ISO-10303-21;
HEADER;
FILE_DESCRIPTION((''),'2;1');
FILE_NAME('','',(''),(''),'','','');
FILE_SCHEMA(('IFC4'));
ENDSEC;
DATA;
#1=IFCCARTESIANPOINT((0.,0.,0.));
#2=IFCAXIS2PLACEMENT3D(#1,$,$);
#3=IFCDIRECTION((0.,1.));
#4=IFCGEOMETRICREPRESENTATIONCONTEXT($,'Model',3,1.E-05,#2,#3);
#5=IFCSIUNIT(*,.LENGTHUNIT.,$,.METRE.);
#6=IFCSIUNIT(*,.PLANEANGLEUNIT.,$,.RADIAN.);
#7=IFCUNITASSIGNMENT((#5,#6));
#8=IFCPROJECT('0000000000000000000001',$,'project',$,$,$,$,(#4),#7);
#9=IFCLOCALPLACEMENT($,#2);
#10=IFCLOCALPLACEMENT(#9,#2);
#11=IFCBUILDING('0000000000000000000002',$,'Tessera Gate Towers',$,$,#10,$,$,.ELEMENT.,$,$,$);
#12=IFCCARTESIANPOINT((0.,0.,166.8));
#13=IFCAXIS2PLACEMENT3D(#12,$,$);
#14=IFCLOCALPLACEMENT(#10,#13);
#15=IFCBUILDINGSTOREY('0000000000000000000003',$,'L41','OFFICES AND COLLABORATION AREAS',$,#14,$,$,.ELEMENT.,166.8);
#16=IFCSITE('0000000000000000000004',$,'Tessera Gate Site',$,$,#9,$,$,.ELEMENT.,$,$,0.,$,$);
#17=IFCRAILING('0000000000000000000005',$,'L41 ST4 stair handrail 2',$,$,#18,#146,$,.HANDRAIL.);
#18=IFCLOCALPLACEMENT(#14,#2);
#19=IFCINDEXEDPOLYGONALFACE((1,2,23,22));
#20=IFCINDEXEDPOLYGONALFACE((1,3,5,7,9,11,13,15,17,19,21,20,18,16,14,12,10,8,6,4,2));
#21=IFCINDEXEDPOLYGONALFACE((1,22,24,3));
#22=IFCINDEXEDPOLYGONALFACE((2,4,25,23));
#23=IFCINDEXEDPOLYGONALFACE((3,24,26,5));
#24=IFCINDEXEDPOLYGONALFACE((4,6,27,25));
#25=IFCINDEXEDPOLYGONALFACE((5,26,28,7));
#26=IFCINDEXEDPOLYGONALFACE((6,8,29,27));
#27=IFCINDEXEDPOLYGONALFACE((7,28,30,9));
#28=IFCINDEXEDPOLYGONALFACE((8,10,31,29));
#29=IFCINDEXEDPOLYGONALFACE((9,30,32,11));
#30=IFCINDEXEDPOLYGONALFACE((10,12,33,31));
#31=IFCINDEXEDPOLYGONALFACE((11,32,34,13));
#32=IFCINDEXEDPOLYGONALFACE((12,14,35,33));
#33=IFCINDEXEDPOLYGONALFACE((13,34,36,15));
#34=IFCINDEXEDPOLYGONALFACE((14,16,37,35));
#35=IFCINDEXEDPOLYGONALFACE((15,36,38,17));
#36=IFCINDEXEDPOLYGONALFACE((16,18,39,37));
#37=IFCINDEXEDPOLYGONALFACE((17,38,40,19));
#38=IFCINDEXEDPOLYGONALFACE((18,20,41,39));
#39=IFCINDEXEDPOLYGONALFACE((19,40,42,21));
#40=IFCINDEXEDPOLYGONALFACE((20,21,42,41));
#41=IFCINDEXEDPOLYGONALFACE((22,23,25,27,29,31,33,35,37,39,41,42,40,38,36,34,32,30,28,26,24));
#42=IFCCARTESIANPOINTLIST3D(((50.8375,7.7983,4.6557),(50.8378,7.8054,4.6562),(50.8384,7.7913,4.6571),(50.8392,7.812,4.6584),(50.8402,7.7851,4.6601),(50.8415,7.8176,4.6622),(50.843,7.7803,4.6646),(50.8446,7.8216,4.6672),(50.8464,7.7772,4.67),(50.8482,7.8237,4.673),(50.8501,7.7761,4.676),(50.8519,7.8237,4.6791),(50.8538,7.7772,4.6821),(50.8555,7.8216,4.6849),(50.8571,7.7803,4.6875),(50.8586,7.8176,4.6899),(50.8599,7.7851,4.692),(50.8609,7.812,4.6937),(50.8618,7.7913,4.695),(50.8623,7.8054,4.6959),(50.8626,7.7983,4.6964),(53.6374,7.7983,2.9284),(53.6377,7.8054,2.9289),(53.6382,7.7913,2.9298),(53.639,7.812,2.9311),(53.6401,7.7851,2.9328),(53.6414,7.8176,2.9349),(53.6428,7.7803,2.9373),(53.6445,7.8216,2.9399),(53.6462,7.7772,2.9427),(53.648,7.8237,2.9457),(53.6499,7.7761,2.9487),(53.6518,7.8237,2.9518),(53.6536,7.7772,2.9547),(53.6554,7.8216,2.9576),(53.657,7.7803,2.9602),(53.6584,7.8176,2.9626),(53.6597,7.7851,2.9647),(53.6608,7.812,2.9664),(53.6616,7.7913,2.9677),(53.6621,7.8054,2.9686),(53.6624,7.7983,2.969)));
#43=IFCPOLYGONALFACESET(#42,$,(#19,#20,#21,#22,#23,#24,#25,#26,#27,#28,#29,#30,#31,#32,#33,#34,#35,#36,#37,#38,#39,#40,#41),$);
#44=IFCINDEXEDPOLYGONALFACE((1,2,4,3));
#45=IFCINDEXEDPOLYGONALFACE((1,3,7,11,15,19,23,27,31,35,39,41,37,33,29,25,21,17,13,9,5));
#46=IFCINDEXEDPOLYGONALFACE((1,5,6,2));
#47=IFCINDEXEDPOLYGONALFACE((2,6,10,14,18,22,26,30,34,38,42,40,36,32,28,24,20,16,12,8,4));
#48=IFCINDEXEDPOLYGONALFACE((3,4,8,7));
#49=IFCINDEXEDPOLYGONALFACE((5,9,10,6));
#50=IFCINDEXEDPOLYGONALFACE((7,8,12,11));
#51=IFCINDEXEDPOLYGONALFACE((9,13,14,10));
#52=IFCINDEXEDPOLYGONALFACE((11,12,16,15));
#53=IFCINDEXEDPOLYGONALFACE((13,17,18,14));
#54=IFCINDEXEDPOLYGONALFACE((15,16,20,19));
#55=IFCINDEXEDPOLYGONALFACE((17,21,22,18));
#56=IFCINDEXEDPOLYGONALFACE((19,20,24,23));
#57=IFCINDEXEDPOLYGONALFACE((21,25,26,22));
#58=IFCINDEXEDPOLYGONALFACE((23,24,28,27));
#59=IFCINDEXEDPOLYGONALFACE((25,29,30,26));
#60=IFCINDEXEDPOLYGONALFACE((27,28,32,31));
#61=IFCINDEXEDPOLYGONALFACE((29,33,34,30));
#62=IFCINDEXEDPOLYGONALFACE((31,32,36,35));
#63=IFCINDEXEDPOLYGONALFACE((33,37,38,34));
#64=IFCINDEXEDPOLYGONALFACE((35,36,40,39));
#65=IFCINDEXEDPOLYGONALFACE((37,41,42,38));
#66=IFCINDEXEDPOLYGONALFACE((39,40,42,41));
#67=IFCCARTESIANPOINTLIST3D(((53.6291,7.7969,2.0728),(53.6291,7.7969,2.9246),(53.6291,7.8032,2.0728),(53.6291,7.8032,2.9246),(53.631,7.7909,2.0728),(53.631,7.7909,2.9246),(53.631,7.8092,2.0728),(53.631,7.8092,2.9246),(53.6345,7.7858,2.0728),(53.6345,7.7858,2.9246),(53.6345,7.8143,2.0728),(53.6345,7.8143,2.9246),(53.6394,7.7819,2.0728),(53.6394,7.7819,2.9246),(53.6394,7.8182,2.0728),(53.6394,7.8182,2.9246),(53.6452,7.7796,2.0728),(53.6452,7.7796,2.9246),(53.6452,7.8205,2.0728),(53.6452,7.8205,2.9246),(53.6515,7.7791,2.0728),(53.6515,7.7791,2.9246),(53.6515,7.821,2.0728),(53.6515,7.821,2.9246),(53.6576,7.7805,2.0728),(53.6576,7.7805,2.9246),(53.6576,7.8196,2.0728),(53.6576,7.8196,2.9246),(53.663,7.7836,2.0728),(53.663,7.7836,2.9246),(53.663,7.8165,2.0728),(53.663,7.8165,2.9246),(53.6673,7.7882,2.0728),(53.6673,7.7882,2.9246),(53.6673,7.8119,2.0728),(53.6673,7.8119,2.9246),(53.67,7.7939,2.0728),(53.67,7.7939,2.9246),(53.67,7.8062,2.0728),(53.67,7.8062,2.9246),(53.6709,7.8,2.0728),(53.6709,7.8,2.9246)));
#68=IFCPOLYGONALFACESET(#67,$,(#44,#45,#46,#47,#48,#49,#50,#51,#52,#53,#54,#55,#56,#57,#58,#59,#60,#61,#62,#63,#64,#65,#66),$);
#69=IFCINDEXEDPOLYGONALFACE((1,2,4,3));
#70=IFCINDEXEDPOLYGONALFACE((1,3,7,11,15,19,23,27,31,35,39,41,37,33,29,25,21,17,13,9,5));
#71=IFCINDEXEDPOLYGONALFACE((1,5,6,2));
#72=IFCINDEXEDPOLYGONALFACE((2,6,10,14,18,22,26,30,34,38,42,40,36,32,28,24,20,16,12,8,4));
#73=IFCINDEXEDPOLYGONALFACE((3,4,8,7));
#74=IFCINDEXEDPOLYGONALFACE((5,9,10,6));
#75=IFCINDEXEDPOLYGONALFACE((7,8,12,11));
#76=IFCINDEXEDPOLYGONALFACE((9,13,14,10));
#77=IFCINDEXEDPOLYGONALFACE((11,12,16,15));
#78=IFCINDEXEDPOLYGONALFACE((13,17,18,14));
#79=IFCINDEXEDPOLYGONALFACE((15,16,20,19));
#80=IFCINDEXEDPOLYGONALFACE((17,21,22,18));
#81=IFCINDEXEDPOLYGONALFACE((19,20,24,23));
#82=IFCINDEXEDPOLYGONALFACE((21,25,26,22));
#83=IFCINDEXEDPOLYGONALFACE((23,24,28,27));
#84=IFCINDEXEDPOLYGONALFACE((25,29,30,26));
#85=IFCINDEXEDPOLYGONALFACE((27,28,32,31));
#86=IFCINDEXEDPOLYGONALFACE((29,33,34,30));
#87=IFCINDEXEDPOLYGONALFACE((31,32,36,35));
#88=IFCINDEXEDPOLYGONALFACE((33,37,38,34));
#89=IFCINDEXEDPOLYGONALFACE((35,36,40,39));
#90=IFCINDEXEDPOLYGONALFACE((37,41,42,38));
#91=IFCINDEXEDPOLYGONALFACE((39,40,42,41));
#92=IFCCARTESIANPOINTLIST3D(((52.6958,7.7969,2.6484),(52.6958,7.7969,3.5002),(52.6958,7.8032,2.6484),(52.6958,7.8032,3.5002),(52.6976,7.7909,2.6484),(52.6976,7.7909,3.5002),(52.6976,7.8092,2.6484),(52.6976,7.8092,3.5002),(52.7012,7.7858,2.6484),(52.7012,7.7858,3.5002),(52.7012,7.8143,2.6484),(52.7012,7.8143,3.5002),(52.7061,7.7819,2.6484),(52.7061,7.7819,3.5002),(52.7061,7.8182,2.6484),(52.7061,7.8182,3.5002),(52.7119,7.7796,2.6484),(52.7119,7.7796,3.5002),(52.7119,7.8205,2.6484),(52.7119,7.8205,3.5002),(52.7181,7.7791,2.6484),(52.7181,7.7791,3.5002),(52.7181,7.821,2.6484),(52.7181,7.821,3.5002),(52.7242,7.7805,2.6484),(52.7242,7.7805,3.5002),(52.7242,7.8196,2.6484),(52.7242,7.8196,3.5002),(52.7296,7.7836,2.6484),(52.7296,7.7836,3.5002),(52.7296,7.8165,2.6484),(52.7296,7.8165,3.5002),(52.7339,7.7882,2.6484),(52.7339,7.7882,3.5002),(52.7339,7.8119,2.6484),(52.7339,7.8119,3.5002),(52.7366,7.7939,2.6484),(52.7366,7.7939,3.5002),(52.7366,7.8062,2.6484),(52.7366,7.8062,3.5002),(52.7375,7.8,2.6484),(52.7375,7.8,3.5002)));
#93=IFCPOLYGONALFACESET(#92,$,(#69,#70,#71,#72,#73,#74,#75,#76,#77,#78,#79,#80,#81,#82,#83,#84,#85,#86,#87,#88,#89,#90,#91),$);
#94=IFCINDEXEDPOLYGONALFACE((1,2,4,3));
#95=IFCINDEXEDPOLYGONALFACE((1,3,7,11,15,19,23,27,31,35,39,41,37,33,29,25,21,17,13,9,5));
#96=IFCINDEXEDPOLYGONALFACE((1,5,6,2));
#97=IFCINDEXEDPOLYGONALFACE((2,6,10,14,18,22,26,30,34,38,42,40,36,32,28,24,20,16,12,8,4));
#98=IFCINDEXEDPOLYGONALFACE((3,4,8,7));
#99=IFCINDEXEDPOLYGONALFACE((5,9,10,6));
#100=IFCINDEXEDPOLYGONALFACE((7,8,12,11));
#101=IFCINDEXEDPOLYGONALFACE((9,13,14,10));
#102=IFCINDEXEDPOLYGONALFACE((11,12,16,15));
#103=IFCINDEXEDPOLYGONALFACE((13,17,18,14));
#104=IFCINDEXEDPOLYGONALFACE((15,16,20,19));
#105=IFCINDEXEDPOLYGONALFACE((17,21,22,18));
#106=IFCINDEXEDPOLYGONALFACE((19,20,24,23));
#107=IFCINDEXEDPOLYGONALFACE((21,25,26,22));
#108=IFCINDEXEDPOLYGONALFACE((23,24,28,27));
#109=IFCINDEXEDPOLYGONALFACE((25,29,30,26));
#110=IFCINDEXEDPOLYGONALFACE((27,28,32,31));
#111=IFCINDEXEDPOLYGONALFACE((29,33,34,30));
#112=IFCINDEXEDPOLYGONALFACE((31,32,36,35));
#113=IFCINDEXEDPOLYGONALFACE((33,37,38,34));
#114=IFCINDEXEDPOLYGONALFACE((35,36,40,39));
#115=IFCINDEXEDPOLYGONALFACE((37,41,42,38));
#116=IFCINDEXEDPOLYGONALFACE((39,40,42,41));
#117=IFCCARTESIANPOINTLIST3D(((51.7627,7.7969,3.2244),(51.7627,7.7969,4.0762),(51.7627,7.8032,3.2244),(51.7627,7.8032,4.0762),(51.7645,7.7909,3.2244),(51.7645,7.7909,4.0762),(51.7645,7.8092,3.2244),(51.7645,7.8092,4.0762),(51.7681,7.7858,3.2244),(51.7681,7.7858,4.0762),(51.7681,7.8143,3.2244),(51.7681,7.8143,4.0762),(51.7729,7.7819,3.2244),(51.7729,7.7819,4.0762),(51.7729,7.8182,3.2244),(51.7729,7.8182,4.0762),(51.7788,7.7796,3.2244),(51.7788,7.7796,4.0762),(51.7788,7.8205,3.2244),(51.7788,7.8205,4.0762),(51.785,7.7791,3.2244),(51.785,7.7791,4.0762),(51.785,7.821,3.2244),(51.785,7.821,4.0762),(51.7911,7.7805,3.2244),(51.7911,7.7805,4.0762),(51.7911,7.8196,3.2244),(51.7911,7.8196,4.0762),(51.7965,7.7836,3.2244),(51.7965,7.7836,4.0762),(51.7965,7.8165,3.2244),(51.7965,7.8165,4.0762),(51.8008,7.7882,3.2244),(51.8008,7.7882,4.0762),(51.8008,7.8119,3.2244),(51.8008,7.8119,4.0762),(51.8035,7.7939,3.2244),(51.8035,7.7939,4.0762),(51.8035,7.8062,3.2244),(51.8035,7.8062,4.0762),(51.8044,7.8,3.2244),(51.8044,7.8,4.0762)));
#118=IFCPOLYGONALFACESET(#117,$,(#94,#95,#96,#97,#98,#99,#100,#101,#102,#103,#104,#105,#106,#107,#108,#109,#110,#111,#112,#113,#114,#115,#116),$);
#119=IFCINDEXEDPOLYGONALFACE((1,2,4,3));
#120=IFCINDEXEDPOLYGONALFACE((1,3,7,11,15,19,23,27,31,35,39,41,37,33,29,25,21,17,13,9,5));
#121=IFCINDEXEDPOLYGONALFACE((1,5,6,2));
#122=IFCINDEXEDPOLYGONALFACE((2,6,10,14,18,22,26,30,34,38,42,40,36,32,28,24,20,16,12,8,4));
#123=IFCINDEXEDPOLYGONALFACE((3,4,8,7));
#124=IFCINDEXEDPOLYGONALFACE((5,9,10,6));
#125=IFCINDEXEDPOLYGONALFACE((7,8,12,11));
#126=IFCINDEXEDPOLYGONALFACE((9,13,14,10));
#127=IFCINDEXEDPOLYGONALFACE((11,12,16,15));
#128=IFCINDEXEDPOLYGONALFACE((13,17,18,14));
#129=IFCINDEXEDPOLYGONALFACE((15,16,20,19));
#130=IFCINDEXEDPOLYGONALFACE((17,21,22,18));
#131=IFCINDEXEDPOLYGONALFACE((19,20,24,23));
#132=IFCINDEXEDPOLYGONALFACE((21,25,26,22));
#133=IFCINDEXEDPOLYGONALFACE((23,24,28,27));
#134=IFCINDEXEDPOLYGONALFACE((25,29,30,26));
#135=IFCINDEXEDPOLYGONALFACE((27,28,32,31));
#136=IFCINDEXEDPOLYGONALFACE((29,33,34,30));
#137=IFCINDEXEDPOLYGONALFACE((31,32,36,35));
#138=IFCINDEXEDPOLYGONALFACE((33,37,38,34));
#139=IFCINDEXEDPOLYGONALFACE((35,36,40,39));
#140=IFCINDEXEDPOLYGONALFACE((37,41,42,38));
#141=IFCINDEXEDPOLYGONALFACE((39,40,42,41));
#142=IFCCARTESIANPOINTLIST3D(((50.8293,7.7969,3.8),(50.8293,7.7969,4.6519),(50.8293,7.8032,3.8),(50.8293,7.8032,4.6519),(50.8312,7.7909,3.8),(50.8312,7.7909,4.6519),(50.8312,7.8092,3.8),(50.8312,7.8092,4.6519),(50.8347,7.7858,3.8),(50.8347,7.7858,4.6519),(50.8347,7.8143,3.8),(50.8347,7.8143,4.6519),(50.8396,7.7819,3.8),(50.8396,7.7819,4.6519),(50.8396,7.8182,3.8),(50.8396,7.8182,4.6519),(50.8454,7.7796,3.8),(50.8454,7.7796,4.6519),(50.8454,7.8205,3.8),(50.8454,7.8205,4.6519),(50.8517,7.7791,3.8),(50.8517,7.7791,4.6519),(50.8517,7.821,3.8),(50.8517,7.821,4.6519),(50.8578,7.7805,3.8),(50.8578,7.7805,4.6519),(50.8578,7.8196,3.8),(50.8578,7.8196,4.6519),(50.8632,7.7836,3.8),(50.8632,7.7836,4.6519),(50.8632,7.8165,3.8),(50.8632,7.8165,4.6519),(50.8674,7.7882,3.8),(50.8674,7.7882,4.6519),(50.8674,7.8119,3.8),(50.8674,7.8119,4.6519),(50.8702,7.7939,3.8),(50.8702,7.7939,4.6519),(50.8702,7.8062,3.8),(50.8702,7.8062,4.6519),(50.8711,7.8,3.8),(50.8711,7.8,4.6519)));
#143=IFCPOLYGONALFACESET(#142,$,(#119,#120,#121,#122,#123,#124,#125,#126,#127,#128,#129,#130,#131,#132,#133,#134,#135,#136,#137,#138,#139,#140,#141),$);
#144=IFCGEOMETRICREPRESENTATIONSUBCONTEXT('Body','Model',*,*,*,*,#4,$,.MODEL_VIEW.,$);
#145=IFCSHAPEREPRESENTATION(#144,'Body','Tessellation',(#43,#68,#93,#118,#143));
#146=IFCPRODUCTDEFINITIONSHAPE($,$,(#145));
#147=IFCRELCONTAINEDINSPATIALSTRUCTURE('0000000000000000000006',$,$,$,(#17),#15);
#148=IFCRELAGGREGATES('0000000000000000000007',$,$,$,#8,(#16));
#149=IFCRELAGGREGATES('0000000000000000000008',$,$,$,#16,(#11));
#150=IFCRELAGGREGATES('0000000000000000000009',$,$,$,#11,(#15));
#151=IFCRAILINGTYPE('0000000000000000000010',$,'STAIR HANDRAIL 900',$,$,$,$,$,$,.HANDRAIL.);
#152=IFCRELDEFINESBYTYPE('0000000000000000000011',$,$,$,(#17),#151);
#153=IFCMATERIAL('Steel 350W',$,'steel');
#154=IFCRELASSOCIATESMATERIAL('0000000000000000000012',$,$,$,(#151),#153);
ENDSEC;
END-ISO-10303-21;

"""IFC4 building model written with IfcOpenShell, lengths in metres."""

from ifc_helpers import new_model, si_unit, direction, frame, origin, origin_2d, place, context, subcontext, project, spatial, circle, extrude, material, type_object, element, save


model = new_model("IFC4")

# Units and contexts
model_context = context("Model", 3, precision=1e-05, world=origin(), true_north=direction((0.0, 1.0)))
body_context = subcontext(model_context, "Body", "Model", "MODEL_VIEW")
ifc_project = project(units=[si_unit("LENGTHUNIT", "METRE"), si_unit("PLANEANGLEUNIT", "RADIAN")], contexts=[model_context])

# Site, building, storey
site_placement = place(None, origin())
site = spatial("IfcSite", under=ifc_project, at=site_placement, Name="Tessera Gate Site", CompositionType="ELEMENT", RefElevation=0.0)
building_placement = place(site_placement, origin())
building = spatial("IfcBuilding", under=site, at=building_placement, Name="Tessera Gate Towers", CompositionType="ELEMENT")
storey_placement = place(building_placement, frame((0.0, 0.0, 166.8)))
storey = spatial("IfcBuildingStorey", under=building, at=storey_placement, Name="L41", Description="OFFICES AND COLLABORATION AREAS", CompositionType="ELEMENT", Elevation=166.8)

# Railing
ifc_material_1 = material(Name="Steel 350W", Category="steel")
railing_type_1 = type_object("IfcRailingType", Name="STAIR HANDRAIL 900", PredefinedType="HANDRAIL", material=ifc_material_1)
railing_1_placement = place(storey_placement, frame((53.6499, 7.8, 2.0728)))
element("IfcRailing", 1, at=railing_1_placement, inside=storey, type_object=railing_type_1, Name="L41 ST4 stair handrail 2", PredefinedType="HANDRAIL", context=body_context, shape_type="SweptSolid", body=[
    extrude(circle(Radius=0.0239, at=origin_2d()), frame((0.0, 0.0, 0.876), z_axis=(-0.851069, 0.0, 0.525054), x_axis=(0.0, -1.0, 0.0)), (0.0, 0.0, 1.0), 3.2898),
    extrude(circle(Radius=0.021, at=origin_2d()), origin(), (0.0, 0.0, 1.0), 0.8518),
    extrude(circle(Radius=0.021, at=origin_2d()), frame((-0.9333, 0.0, 0.5757)), (0.0, 0.0, 1.0), 0.8518),
    extrude(circle(Radius=0.021, at=origin_2d()), frame((-1.8665, 0.0, 1.1516)), (0.0, 0.0, 1.0), 0.8518),
    extrude(circle(Radius=0.021, at=origin_2d()), frame((-2.7998, 0.0, 1.7273)), (0.0, 0.0, 1.0), 0.8518),
])

save(model, "model.ifc")
